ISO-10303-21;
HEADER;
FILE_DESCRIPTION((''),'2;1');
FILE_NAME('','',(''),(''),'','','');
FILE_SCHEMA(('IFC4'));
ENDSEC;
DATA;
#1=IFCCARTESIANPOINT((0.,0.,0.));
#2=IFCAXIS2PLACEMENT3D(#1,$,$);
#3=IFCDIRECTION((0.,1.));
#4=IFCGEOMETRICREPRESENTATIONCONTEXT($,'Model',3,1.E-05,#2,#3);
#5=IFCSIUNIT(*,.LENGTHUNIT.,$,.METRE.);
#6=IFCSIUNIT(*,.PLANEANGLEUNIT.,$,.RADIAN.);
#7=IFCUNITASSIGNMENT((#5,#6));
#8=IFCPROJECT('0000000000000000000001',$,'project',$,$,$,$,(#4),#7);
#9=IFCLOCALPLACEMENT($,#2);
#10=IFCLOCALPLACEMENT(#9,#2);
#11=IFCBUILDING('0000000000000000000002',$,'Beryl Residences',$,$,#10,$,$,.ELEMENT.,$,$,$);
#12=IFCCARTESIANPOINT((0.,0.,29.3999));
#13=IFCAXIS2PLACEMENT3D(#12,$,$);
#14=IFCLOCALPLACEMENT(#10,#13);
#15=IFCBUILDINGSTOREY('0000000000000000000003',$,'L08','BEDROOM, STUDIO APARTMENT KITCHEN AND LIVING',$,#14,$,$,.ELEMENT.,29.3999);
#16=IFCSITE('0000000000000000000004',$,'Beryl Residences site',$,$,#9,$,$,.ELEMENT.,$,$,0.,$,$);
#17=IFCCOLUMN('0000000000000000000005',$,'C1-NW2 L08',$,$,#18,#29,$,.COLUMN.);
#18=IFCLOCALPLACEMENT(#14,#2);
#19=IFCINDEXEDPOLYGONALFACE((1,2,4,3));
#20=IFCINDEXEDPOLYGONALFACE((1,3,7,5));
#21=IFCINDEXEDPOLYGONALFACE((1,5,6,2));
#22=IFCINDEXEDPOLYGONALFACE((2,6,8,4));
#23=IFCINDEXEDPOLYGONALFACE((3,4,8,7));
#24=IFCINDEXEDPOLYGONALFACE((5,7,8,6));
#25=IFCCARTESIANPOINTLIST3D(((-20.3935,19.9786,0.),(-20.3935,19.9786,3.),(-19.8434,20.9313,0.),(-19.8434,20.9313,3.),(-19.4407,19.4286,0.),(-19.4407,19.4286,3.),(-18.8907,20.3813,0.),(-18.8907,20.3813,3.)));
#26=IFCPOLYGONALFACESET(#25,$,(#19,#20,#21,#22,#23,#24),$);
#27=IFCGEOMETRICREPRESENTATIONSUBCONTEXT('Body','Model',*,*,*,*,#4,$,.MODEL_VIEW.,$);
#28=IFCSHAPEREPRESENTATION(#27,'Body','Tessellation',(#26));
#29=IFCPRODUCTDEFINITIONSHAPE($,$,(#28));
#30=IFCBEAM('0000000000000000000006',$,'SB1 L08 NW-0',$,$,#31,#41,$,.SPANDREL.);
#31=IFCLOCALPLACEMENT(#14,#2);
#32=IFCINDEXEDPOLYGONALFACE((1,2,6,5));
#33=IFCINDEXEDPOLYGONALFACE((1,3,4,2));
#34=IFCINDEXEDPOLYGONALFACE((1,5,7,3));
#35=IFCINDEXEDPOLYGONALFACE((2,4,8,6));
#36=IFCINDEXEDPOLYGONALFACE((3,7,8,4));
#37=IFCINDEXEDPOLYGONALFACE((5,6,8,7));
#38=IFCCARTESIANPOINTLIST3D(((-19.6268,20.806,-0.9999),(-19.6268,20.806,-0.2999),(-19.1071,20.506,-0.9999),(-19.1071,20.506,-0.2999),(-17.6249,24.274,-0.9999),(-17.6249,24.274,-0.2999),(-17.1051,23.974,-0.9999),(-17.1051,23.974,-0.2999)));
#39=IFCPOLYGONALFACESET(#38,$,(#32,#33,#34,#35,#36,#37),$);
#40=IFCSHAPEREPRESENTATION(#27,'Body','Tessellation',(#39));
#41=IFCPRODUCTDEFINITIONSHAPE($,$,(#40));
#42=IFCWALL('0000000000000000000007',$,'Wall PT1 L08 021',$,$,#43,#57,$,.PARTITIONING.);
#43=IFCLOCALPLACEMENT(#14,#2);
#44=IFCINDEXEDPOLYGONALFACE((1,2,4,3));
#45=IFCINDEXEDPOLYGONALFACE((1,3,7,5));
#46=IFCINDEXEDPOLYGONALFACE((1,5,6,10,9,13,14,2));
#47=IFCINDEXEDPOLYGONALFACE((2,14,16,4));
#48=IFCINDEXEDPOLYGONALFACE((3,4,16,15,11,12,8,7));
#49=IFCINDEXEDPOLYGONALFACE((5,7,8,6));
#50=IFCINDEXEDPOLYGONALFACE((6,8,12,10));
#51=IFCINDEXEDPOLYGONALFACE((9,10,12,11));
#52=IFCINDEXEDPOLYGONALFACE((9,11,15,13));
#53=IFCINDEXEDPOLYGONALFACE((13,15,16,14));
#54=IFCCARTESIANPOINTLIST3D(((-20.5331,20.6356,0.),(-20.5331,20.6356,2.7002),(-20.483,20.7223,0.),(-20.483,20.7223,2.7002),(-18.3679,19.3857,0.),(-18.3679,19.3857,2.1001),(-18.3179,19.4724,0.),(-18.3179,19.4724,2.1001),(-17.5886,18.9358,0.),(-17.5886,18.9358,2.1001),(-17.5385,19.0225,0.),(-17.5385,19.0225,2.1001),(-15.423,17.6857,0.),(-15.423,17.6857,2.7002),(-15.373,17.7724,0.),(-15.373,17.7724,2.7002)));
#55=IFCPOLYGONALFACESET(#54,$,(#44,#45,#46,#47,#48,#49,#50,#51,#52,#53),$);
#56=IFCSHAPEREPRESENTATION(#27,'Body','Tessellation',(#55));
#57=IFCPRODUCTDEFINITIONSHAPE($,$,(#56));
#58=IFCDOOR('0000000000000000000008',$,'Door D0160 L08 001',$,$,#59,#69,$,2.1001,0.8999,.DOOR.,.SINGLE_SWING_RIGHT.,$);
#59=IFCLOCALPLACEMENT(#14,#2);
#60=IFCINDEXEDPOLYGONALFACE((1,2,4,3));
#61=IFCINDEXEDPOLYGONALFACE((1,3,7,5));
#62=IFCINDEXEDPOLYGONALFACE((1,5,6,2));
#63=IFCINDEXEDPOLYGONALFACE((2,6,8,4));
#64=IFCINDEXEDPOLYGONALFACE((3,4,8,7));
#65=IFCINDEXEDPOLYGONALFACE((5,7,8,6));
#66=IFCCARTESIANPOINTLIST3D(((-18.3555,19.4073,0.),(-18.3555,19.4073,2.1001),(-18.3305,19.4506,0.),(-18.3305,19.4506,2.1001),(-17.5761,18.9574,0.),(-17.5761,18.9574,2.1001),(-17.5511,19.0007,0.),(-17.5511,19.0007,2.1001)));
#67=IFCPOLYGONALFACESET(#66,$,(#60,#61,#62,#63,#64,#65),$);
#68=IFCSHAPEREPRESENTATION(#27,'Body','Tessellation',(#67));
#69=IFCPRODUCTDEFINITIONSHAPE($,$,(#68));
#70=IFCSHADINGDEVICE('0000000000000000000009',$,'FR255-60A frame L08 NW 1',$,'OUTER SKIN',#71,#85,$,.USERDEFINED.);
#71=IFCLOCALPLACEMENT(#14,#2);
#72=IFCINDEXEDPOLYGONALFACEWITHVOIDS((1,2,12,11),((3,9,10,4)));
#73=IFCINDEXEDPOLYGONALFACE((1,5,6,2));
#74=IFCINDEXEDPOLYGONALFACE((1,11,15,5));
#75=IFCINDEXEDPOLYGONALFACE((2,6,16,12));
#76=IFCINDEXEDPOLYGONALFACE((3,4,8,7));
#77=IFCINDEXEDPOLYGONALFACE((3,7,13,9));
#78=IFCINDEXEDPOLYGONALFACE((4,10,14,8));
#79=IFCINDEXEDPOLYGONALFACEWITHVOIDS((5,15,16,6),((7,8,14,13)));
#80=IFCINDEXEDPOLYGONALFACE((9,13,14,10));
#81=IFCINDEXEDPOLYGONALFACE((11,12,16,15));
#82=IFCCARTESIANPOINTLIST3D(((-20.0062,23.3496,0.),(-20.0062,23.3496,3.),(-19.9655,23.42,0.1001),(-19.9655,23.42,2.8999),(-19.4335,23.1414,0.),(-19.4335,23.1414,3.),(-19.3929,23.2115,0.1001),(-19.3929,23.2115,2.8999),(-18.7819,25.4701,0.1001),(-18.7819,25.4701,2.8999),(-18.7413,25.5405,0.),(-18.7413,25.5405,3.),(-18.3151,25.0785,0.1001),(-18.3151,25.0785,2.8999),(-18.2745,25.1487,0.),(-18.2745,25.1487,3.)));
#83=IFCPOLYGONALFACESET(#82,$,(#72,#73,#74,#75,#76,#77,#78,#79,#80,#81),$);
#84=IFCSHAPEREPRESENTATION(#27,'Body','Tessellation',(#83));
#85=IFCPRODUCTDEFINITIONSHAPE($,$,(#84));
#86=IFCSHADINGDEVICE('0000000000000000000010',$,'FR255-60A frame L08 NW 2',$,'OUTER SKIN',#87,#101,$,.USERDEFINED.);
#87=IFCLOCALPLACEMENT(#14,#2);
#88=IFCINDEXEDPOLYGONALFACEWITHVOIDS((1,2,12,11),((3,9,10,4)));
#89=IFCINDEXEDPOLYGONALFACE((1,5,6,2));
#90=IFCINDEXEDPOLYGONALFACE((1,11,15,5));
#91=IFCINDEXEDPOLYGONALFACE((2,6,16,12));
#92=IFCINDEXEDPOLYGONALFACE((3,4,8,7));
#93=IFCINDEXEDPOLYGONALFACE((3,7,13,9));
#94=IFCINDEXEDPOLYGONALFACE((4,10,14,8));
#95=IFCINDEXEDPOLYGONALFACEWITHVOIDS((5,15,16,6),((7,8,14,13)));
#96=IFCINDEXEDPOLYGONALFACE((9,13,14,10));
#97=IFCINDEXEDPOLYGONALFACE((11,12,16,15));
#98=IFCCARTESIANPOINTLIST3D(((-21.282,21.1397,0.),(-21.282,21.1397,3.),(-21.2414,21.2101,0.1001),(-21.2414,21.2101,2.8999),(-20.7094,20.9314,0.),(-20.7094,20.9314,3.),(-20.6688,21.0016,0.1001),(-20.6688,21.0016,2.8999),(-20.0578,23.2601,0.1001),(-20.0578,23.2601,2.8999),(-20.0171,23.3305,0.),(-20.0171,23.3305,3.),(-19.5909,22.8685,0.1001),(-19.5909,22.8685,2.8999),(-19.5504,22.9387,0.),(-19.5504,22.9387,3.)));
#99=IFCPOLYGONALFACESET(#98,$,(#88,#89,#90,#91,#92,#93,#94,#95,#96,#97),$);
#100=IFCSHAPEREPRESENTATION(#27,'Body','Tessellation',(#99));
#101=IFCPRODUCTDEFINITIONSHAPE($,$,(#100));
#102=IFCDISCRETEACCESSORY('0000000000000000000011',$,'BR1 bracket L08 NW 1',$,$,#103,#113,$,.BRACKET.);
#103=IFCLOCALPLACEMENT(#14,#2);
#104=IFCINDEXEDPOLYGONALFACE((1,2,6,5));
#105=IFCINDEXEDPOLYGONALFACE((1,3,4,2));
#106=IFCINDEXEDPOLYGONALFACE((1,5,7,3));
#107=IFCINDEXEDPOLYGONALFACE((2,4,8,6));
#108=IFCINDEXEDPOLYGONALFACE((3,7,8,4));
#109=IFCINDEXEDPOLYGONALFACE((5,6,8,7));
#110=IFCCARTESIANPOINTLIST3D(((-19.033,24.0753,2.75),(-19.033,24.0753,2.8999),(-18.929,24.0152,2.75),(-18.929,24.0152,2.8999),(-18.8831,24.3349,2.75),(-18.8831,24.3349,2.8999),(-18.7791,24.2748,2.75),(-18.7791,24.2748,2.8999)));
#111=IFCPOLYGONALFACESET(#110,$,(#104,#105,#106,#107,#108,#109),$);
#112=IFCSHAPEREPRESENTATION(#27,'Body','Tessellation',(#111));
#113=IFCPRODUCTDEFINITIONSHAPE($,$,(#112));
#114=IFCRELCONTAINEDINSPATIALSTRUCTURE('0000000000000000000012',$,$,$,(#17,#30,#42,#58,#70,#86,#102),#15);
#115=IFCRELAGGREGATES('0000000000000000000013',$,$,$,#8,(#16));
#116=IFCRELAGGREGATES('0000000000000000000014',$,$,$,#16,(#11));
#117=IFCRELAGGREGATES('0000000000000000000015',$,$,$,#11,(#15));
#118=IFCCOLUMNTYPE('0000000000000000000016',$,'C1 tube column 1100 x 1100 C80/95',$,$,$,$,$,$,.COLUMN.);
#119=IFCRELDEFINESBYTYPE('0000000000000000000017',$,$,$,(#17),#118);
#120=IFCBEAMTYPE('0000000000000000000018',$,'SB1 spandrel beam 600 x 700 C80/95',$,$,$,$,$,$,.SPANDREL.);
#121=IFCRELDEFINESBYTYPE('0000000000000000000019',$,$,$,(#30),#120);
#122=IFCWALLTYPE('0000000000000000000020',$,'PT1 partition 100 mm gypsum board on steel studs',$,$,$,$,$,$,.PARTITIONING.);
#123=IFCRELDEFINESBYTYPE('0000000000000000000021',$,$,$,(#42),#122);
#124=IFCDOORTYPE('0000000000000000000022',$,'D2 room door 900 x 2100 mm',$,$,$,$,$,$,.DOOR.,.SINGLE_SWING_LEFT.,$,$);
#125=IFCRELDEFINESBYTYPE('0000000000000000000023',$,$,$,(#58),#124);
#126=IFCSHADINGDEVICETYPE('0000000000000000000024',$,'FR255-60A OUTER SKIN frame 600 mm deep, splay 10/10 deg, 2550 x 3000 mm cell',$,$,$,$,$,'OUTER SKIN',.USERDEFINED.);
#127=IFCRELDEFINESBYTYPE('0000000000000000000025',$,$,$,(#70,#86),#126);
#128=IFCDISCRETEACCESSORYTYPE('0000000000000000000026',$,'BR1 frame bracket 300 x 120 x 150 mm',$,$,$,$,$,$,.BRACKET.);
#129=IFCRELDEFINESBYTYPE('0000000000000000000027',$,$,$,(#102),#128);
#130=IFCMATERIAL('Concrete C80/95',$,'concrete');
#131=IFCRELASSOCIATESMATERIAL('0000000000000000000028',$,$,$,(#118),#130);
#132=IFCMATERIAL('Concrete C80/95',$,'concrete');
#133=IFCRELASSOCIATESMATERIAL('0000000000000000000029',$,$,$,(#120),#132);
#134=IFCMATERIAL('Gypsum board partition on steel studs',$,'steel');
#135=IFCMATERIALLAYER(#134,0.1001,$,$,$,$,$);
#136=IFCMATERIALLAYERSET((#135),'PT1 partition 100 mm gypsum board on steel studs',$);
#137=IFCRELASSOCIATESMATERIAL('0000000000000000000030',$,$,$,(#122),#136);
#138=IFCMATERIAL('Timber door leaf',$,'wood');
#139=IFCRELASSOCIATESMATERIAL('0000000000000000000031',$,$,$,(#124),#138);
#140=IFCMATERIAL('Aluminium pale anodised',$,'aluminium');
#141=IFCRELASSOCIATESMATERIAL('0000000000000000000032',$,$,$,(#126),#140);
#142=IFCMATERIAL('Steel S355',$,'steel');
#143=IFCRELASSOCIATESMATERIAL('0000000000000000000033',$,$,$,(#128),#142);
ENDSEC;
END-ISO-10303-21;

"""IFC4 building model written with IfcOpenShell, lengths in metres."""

from ifc_helpers import new_model, entity, si_unit, direction, frame, frame_2d, origin, origin_2d, place, context, subcontext, project, spatial, polyline, rectangle, outline, extrude, source, transform, mapped, material, layer, layer_set, material_profile, profile_set, type_object, type_shapes, element, fill, save


model = new_model("IFC4")

# Units and contexts
model_context = context("Model", 3, precision=1e-05, world=origin(), true_north=direction((0.0, 1.0)))
body_context = subcontext(model_context, "Body", "Model", "MODEL_VIEW")
ifc_project = project(units=[si_unit("LENGTHUNIT", "METRE"), si_unit("PLANEANGLEUNIT", "RADIAN")], contexts=[model_context])

# Site, building, storey
site_placement = place(None, origin())
site = spatial("IfcSite", under=ifc_project, at=site_placement, Name="Beryl Residences site", CompositionType="ELEMENT", RefElevation=0.0)
building_placement = place(site_placement, origin())
building = spatial("IfcBuilding", under=site, at=building_placement, Name="Beryl Residences", CompositionType="ELEMENT")
storey_placement = place(building_placement, frame((0.0, 0.0, 29.3999)))
storey = spatial("IfcBuildingStorey", under=building, at=storey_placement, Name="L08", Description="BEDROOM, STUDIO APARTMENT KITCHEN AND LIVING", CompositionType="ELEMENT", Elevation=29.3999)

# Column
ifc_material_1 = material(Name="Concrete C80/95", Category="concrete")
ifc_material_profile_1 = material_profile(ifc_material_1, rectangle(XDim=1.1001, YDim=1.1001, at=origin_2d()))
ifc_profile_set_1 = profile_set([ifc_material_profile_1], Name="Concrete C80/95")
column_type = type_object("IfcColumnType", Name="C1 tube column 1100 x 1100 C80/95", PredefinedType="COLUMN", material=ifc_profile_set_1)
column_placement = place(storey_placement, frame((-19.6421, 20.1799, 0.0), z_axis=(0.0, 0.0, 1.0), x_axis=(-0.499985, -0.866034, 0.0)))
element("IfcColumn", 1, at=column_placement, inside=storey, type_object=column_type, Name="C1-NW2 L08", PredefinedType="COLUMN", context=body_context, shape_type="SweptSolid", body=[
    extrude(rectangle(XDim=1.1001, YDim=1.1001, at=origin_2d()), origin(), (0.0, 0.0, 1.0), 3.0),
])

# Beam
ifc_material_2 = material(Name="Concrete C80/95", Category="concrete")
ifc_material_profile_2 = material_profile(ifc_material_2, rectangle(XDim=0.6001, YDim=0.7, at=origin_2d()))
ifc_profile_set_2 = profile_set([ifc_material_profile_2], Name="Concrete C80/95")
beam_type = type_object("IfcBeamType", Name="SB1 spandrel beam 600 x 700 C80/95", PredefinedType="SPANDREL", material=ifc_profile_set_2)
beam_placement = place(storey_placement, frame((-17.365, 24.124, -0.6499), z_axis=(-0.499942, -0.866059, 0.0), x_axis=(0.866059, -0.499942, 0.0)))
element("IfcBeam", 2, at=beam_placement, inside=storey, type_object=beam_type, Name="SB1 L08 NW-0", PredefinedType="SPANDREL", context=body_context, shape_type="SweptSolid", body=[
    extrude(rectangle(XDim=0.6001, YDim=0.7, at=origin_2d()), origin(), (0.0, 0.0, 1.0), 4.0044),
])

# Wall, opening, door
ifc_material_3 = material(Name="Gypsum board partition on steel studs", Category="steel")
ifc_layer = layer(ifc_material_3, 0.1001)
ifc_layer_set = layer_set([ifc_layer], Name="PT1 partition 100 mm gypsum board on steel studs")
wall_type = type_object("IfcWallType", Name="PT1 partition 100 mm gypsum board on steel studs", PredefinedType="PARTITIONING", material=ifc_layer_set)
wall_placement = place(storey_placement, frame((-20.5081, 20.679, 0.0), z_axis=(0.0, 0.0, 1.0), x_axis=(0.866053, -0.499953, 0.0)))
wall = element("IfcWall", 3, at=wall_placement, inside=storey, type_object=wall_type, Name="Wall PT1 L08 021", PredefinedType="PARTITIONING", context=body_context, shape_type="SweptSolid", body=[
    extrude(rectangle(XDim=5.9004, YDim=0.1001, at=frame_2d((2.9502, 0.0))), origin(), (0.0, 0.0, 1.0), 2.7002),
])
opening_placement = place(wall_placement, frame((2.5, 0.0, 0.0)))
opening = element("IfcOpeningElement", 4, at=opening_placement, cuts=wall, PredefinedType="OPENING", context=body_context, shape_type="SweptSolid", body=[
    extrude(rectangle(XDim=0.8999, YDim=2.1001, at=frame_2d((0.45, 1.05))), frame((0.0, 0.0601, 0.0), z_axis=(0.0, -1.0, 0.0), x_axis=(1.0, 0.0, 0.0)), (0.0, 0.0, 1.0), 0.1201),
])
ifc_material_4 = material(Name="Timber door leaf", Category="wood")
door_type = type_object("IfcDoorType", Name="D2 room door 900 x 2100 mm", OperationType="SINGLE_SWING_LEFT", PredefinedType="DOOR", material=ifc_material_4)
door_placement = place(opening_placement, origin())
door = element("IfcDoor", 5, at=door_placement, inside=storey, type_object=door_type, Name="Door D0160 L08 001", OperationType="SINGLE_SWING_RIGHT", OverallHeight=2.1001, OverallWidth=0.8999, PredefinedType="DOOR", context=body_context, shape_type="SweptSolid", body=[
    extrude(rectangle(XDim=0.8999, YDim=2.1001, at=frame_2d((0.45, 1.05))), frame((0.0, 0.0249, 0.0), z_axis=(0.0, -1.0, 0.0), x_axis=(1.0, 0.0, 0.0)), (0.0, 0.0, 1.0), 0.05),
])
fill(opening, door)

# Shading devices
ifc_material_5 = material(Name="Aluminium pale anodised", Category="aluminium")
shading_device_type = type_object("IfcShadingDeviceType", Name="FR255-60A OUTER SKIN frame 600 mm deep, splay 10/10 deg, 2550 x 3000 mm cell", ElementType="OUTER SKIN", PredefinedType="USERDEFINED", material=ifc_material_5)
cartesian_point_1 = entity("IfcCartesianPoint", [-1.1589, 0.0])
cartesian_point_2 = entity("IfcCartesianPoint", [-1.0779, 0.1001])
cartesian_point_3 = entity("IfcCartesianPoint", [-1.2649, 0.0])
cartesian_point_4 = entity("IfcCartesianPoint", [-1.1836, 0.1001])
shared_shape_1 = source(origin(), body_context, "Body", "SweptSolid", [
    entity("IfcExtrudedAreaSolidTapered", entity("IfcArbitraryProfileDefWithVoids", "AREA", None, entity("IfcPolyline", [cartesian_point_1, entity("IfcCartesianPoint", [1.1589, 0.0]), entity("IfcCartesianPoint", [1.1589, 3.0]), entity("IfcCartesianPoint", [-1.1589, 3.0]), cartesian_point_1]), [entity("IfcPolyline", [cartesian_point_2, entity("IfcCartesianPoint", [1.0779, 0.1001]), entity("IfcCartesianPoint", [1.0779, 2.8999]), entity("IfcCartesianPoint", [-1.0779, 2.8999]), cartesian_point_2])]), entity("IfcAxis2Placement3D", entity("IfcCartesianPoint", [0.0, 0.0, 0.0]), entity("IfcDirection", [0.0, 1.0, 0.0]), entity("IfcDirection", [-1.0, 0.0, 0.0])), entity("IfcDirection", [0.0, 0.0, 1.0]), 0.6001, entity("IfcArbitraryProfileDefWithVoids", "AREA", None, entity("IfcPolyline", [cartesian_point_3, entity("IfcCartesianPoint", [1.2649, 0.0]), entity("IfcCartesianPoint", [1.2649, 3.0]), entity("IfcCartesianPoint", [-1.2649, 3.0]), cartesian_point_3]), [entity("IfcPolyline", [cartesian_point_4, entity("IfcCartesianPoint", [1.1836, 0.1001]), entity("IfcCartesianPoint", [1.1836, 2.8999]), entity("IfcCartesianPoint", [-1.1836, 2.8999]), cartesian_point_4])])),
])
type_shapes(shading_device_type, [shared_shape_1])
for number, where, z_axis, x_axis, name in (
    (6, (-18.854, 24.145, 0.0), (0.0, 0.0, 1.0), (0.5, 0.866025, 0.0), "FR255-60A frame L08 NW 1"),
    (7, (-20.1299, 21.9351, 0.0), (0.0, 0.0, 1.0), (0.5, 0.866025, 0.0), "FR255-60A frame L08 NW 2"),
):
    element("IfcShadingDevice", number, at=place(storey_placement, frame(where, z_axis=z_axis, x_axis=x_axis)), inside=storey, type_object=shading_device_type, Name=name, ObjectType="OUTER SKIN", PredefinedType="USERDEFINED", context=body_context, shape_type="MappedRepresentation", body=[
        mapped(shared_shape_1, transform((0.0, 0.0, 0.0))),
    ])

# Discrete accessory
ifc_material_6 = material(Name="Steel S355", Category="steel")
discrete_accessory_type = type_object("IfcDiscreteAccessoryType", Name="BR1 frame bracket 300 x 120 x 150 mm", PredefinedType="BRACKET", material=ifc_material_6)
shared_shape_2 = source(origin(), body_context, "Body", "SweptSolid", [
    extrude(outline(polyline([(-0.1499, 0.0), (0.1499, 0.0), (0.1499, 0.1201), (-0.1499, 0.1201), (-0.1499, 0.0)])), origin(), (0.0, 0.0, 1.0), 0.1499),
])
type_shapes(discrete_accessory_type, [shared_shape_2])
discrete_accessory_placement = place(storey_placement, frame((-18.854, 24.145, 2.75), z_axis=(0.0, 0.0, 1.0), x_axis=(0.5, 0.866025, 0.0)))
element("IfcDiscreteAccessory", 8, at=discrete_accessory_placement, inside=storey, type_object=discrete_accessory_type, Name="BR1 bracket L08 NW 1", PredefinedType="BRACKET", context=body_context, shape_type="MappedRepresentation", body=[
    mapped(shared_shape_2, transform((0.0, 0.0, 0.0))),
])

save(model, "model.ifc")
